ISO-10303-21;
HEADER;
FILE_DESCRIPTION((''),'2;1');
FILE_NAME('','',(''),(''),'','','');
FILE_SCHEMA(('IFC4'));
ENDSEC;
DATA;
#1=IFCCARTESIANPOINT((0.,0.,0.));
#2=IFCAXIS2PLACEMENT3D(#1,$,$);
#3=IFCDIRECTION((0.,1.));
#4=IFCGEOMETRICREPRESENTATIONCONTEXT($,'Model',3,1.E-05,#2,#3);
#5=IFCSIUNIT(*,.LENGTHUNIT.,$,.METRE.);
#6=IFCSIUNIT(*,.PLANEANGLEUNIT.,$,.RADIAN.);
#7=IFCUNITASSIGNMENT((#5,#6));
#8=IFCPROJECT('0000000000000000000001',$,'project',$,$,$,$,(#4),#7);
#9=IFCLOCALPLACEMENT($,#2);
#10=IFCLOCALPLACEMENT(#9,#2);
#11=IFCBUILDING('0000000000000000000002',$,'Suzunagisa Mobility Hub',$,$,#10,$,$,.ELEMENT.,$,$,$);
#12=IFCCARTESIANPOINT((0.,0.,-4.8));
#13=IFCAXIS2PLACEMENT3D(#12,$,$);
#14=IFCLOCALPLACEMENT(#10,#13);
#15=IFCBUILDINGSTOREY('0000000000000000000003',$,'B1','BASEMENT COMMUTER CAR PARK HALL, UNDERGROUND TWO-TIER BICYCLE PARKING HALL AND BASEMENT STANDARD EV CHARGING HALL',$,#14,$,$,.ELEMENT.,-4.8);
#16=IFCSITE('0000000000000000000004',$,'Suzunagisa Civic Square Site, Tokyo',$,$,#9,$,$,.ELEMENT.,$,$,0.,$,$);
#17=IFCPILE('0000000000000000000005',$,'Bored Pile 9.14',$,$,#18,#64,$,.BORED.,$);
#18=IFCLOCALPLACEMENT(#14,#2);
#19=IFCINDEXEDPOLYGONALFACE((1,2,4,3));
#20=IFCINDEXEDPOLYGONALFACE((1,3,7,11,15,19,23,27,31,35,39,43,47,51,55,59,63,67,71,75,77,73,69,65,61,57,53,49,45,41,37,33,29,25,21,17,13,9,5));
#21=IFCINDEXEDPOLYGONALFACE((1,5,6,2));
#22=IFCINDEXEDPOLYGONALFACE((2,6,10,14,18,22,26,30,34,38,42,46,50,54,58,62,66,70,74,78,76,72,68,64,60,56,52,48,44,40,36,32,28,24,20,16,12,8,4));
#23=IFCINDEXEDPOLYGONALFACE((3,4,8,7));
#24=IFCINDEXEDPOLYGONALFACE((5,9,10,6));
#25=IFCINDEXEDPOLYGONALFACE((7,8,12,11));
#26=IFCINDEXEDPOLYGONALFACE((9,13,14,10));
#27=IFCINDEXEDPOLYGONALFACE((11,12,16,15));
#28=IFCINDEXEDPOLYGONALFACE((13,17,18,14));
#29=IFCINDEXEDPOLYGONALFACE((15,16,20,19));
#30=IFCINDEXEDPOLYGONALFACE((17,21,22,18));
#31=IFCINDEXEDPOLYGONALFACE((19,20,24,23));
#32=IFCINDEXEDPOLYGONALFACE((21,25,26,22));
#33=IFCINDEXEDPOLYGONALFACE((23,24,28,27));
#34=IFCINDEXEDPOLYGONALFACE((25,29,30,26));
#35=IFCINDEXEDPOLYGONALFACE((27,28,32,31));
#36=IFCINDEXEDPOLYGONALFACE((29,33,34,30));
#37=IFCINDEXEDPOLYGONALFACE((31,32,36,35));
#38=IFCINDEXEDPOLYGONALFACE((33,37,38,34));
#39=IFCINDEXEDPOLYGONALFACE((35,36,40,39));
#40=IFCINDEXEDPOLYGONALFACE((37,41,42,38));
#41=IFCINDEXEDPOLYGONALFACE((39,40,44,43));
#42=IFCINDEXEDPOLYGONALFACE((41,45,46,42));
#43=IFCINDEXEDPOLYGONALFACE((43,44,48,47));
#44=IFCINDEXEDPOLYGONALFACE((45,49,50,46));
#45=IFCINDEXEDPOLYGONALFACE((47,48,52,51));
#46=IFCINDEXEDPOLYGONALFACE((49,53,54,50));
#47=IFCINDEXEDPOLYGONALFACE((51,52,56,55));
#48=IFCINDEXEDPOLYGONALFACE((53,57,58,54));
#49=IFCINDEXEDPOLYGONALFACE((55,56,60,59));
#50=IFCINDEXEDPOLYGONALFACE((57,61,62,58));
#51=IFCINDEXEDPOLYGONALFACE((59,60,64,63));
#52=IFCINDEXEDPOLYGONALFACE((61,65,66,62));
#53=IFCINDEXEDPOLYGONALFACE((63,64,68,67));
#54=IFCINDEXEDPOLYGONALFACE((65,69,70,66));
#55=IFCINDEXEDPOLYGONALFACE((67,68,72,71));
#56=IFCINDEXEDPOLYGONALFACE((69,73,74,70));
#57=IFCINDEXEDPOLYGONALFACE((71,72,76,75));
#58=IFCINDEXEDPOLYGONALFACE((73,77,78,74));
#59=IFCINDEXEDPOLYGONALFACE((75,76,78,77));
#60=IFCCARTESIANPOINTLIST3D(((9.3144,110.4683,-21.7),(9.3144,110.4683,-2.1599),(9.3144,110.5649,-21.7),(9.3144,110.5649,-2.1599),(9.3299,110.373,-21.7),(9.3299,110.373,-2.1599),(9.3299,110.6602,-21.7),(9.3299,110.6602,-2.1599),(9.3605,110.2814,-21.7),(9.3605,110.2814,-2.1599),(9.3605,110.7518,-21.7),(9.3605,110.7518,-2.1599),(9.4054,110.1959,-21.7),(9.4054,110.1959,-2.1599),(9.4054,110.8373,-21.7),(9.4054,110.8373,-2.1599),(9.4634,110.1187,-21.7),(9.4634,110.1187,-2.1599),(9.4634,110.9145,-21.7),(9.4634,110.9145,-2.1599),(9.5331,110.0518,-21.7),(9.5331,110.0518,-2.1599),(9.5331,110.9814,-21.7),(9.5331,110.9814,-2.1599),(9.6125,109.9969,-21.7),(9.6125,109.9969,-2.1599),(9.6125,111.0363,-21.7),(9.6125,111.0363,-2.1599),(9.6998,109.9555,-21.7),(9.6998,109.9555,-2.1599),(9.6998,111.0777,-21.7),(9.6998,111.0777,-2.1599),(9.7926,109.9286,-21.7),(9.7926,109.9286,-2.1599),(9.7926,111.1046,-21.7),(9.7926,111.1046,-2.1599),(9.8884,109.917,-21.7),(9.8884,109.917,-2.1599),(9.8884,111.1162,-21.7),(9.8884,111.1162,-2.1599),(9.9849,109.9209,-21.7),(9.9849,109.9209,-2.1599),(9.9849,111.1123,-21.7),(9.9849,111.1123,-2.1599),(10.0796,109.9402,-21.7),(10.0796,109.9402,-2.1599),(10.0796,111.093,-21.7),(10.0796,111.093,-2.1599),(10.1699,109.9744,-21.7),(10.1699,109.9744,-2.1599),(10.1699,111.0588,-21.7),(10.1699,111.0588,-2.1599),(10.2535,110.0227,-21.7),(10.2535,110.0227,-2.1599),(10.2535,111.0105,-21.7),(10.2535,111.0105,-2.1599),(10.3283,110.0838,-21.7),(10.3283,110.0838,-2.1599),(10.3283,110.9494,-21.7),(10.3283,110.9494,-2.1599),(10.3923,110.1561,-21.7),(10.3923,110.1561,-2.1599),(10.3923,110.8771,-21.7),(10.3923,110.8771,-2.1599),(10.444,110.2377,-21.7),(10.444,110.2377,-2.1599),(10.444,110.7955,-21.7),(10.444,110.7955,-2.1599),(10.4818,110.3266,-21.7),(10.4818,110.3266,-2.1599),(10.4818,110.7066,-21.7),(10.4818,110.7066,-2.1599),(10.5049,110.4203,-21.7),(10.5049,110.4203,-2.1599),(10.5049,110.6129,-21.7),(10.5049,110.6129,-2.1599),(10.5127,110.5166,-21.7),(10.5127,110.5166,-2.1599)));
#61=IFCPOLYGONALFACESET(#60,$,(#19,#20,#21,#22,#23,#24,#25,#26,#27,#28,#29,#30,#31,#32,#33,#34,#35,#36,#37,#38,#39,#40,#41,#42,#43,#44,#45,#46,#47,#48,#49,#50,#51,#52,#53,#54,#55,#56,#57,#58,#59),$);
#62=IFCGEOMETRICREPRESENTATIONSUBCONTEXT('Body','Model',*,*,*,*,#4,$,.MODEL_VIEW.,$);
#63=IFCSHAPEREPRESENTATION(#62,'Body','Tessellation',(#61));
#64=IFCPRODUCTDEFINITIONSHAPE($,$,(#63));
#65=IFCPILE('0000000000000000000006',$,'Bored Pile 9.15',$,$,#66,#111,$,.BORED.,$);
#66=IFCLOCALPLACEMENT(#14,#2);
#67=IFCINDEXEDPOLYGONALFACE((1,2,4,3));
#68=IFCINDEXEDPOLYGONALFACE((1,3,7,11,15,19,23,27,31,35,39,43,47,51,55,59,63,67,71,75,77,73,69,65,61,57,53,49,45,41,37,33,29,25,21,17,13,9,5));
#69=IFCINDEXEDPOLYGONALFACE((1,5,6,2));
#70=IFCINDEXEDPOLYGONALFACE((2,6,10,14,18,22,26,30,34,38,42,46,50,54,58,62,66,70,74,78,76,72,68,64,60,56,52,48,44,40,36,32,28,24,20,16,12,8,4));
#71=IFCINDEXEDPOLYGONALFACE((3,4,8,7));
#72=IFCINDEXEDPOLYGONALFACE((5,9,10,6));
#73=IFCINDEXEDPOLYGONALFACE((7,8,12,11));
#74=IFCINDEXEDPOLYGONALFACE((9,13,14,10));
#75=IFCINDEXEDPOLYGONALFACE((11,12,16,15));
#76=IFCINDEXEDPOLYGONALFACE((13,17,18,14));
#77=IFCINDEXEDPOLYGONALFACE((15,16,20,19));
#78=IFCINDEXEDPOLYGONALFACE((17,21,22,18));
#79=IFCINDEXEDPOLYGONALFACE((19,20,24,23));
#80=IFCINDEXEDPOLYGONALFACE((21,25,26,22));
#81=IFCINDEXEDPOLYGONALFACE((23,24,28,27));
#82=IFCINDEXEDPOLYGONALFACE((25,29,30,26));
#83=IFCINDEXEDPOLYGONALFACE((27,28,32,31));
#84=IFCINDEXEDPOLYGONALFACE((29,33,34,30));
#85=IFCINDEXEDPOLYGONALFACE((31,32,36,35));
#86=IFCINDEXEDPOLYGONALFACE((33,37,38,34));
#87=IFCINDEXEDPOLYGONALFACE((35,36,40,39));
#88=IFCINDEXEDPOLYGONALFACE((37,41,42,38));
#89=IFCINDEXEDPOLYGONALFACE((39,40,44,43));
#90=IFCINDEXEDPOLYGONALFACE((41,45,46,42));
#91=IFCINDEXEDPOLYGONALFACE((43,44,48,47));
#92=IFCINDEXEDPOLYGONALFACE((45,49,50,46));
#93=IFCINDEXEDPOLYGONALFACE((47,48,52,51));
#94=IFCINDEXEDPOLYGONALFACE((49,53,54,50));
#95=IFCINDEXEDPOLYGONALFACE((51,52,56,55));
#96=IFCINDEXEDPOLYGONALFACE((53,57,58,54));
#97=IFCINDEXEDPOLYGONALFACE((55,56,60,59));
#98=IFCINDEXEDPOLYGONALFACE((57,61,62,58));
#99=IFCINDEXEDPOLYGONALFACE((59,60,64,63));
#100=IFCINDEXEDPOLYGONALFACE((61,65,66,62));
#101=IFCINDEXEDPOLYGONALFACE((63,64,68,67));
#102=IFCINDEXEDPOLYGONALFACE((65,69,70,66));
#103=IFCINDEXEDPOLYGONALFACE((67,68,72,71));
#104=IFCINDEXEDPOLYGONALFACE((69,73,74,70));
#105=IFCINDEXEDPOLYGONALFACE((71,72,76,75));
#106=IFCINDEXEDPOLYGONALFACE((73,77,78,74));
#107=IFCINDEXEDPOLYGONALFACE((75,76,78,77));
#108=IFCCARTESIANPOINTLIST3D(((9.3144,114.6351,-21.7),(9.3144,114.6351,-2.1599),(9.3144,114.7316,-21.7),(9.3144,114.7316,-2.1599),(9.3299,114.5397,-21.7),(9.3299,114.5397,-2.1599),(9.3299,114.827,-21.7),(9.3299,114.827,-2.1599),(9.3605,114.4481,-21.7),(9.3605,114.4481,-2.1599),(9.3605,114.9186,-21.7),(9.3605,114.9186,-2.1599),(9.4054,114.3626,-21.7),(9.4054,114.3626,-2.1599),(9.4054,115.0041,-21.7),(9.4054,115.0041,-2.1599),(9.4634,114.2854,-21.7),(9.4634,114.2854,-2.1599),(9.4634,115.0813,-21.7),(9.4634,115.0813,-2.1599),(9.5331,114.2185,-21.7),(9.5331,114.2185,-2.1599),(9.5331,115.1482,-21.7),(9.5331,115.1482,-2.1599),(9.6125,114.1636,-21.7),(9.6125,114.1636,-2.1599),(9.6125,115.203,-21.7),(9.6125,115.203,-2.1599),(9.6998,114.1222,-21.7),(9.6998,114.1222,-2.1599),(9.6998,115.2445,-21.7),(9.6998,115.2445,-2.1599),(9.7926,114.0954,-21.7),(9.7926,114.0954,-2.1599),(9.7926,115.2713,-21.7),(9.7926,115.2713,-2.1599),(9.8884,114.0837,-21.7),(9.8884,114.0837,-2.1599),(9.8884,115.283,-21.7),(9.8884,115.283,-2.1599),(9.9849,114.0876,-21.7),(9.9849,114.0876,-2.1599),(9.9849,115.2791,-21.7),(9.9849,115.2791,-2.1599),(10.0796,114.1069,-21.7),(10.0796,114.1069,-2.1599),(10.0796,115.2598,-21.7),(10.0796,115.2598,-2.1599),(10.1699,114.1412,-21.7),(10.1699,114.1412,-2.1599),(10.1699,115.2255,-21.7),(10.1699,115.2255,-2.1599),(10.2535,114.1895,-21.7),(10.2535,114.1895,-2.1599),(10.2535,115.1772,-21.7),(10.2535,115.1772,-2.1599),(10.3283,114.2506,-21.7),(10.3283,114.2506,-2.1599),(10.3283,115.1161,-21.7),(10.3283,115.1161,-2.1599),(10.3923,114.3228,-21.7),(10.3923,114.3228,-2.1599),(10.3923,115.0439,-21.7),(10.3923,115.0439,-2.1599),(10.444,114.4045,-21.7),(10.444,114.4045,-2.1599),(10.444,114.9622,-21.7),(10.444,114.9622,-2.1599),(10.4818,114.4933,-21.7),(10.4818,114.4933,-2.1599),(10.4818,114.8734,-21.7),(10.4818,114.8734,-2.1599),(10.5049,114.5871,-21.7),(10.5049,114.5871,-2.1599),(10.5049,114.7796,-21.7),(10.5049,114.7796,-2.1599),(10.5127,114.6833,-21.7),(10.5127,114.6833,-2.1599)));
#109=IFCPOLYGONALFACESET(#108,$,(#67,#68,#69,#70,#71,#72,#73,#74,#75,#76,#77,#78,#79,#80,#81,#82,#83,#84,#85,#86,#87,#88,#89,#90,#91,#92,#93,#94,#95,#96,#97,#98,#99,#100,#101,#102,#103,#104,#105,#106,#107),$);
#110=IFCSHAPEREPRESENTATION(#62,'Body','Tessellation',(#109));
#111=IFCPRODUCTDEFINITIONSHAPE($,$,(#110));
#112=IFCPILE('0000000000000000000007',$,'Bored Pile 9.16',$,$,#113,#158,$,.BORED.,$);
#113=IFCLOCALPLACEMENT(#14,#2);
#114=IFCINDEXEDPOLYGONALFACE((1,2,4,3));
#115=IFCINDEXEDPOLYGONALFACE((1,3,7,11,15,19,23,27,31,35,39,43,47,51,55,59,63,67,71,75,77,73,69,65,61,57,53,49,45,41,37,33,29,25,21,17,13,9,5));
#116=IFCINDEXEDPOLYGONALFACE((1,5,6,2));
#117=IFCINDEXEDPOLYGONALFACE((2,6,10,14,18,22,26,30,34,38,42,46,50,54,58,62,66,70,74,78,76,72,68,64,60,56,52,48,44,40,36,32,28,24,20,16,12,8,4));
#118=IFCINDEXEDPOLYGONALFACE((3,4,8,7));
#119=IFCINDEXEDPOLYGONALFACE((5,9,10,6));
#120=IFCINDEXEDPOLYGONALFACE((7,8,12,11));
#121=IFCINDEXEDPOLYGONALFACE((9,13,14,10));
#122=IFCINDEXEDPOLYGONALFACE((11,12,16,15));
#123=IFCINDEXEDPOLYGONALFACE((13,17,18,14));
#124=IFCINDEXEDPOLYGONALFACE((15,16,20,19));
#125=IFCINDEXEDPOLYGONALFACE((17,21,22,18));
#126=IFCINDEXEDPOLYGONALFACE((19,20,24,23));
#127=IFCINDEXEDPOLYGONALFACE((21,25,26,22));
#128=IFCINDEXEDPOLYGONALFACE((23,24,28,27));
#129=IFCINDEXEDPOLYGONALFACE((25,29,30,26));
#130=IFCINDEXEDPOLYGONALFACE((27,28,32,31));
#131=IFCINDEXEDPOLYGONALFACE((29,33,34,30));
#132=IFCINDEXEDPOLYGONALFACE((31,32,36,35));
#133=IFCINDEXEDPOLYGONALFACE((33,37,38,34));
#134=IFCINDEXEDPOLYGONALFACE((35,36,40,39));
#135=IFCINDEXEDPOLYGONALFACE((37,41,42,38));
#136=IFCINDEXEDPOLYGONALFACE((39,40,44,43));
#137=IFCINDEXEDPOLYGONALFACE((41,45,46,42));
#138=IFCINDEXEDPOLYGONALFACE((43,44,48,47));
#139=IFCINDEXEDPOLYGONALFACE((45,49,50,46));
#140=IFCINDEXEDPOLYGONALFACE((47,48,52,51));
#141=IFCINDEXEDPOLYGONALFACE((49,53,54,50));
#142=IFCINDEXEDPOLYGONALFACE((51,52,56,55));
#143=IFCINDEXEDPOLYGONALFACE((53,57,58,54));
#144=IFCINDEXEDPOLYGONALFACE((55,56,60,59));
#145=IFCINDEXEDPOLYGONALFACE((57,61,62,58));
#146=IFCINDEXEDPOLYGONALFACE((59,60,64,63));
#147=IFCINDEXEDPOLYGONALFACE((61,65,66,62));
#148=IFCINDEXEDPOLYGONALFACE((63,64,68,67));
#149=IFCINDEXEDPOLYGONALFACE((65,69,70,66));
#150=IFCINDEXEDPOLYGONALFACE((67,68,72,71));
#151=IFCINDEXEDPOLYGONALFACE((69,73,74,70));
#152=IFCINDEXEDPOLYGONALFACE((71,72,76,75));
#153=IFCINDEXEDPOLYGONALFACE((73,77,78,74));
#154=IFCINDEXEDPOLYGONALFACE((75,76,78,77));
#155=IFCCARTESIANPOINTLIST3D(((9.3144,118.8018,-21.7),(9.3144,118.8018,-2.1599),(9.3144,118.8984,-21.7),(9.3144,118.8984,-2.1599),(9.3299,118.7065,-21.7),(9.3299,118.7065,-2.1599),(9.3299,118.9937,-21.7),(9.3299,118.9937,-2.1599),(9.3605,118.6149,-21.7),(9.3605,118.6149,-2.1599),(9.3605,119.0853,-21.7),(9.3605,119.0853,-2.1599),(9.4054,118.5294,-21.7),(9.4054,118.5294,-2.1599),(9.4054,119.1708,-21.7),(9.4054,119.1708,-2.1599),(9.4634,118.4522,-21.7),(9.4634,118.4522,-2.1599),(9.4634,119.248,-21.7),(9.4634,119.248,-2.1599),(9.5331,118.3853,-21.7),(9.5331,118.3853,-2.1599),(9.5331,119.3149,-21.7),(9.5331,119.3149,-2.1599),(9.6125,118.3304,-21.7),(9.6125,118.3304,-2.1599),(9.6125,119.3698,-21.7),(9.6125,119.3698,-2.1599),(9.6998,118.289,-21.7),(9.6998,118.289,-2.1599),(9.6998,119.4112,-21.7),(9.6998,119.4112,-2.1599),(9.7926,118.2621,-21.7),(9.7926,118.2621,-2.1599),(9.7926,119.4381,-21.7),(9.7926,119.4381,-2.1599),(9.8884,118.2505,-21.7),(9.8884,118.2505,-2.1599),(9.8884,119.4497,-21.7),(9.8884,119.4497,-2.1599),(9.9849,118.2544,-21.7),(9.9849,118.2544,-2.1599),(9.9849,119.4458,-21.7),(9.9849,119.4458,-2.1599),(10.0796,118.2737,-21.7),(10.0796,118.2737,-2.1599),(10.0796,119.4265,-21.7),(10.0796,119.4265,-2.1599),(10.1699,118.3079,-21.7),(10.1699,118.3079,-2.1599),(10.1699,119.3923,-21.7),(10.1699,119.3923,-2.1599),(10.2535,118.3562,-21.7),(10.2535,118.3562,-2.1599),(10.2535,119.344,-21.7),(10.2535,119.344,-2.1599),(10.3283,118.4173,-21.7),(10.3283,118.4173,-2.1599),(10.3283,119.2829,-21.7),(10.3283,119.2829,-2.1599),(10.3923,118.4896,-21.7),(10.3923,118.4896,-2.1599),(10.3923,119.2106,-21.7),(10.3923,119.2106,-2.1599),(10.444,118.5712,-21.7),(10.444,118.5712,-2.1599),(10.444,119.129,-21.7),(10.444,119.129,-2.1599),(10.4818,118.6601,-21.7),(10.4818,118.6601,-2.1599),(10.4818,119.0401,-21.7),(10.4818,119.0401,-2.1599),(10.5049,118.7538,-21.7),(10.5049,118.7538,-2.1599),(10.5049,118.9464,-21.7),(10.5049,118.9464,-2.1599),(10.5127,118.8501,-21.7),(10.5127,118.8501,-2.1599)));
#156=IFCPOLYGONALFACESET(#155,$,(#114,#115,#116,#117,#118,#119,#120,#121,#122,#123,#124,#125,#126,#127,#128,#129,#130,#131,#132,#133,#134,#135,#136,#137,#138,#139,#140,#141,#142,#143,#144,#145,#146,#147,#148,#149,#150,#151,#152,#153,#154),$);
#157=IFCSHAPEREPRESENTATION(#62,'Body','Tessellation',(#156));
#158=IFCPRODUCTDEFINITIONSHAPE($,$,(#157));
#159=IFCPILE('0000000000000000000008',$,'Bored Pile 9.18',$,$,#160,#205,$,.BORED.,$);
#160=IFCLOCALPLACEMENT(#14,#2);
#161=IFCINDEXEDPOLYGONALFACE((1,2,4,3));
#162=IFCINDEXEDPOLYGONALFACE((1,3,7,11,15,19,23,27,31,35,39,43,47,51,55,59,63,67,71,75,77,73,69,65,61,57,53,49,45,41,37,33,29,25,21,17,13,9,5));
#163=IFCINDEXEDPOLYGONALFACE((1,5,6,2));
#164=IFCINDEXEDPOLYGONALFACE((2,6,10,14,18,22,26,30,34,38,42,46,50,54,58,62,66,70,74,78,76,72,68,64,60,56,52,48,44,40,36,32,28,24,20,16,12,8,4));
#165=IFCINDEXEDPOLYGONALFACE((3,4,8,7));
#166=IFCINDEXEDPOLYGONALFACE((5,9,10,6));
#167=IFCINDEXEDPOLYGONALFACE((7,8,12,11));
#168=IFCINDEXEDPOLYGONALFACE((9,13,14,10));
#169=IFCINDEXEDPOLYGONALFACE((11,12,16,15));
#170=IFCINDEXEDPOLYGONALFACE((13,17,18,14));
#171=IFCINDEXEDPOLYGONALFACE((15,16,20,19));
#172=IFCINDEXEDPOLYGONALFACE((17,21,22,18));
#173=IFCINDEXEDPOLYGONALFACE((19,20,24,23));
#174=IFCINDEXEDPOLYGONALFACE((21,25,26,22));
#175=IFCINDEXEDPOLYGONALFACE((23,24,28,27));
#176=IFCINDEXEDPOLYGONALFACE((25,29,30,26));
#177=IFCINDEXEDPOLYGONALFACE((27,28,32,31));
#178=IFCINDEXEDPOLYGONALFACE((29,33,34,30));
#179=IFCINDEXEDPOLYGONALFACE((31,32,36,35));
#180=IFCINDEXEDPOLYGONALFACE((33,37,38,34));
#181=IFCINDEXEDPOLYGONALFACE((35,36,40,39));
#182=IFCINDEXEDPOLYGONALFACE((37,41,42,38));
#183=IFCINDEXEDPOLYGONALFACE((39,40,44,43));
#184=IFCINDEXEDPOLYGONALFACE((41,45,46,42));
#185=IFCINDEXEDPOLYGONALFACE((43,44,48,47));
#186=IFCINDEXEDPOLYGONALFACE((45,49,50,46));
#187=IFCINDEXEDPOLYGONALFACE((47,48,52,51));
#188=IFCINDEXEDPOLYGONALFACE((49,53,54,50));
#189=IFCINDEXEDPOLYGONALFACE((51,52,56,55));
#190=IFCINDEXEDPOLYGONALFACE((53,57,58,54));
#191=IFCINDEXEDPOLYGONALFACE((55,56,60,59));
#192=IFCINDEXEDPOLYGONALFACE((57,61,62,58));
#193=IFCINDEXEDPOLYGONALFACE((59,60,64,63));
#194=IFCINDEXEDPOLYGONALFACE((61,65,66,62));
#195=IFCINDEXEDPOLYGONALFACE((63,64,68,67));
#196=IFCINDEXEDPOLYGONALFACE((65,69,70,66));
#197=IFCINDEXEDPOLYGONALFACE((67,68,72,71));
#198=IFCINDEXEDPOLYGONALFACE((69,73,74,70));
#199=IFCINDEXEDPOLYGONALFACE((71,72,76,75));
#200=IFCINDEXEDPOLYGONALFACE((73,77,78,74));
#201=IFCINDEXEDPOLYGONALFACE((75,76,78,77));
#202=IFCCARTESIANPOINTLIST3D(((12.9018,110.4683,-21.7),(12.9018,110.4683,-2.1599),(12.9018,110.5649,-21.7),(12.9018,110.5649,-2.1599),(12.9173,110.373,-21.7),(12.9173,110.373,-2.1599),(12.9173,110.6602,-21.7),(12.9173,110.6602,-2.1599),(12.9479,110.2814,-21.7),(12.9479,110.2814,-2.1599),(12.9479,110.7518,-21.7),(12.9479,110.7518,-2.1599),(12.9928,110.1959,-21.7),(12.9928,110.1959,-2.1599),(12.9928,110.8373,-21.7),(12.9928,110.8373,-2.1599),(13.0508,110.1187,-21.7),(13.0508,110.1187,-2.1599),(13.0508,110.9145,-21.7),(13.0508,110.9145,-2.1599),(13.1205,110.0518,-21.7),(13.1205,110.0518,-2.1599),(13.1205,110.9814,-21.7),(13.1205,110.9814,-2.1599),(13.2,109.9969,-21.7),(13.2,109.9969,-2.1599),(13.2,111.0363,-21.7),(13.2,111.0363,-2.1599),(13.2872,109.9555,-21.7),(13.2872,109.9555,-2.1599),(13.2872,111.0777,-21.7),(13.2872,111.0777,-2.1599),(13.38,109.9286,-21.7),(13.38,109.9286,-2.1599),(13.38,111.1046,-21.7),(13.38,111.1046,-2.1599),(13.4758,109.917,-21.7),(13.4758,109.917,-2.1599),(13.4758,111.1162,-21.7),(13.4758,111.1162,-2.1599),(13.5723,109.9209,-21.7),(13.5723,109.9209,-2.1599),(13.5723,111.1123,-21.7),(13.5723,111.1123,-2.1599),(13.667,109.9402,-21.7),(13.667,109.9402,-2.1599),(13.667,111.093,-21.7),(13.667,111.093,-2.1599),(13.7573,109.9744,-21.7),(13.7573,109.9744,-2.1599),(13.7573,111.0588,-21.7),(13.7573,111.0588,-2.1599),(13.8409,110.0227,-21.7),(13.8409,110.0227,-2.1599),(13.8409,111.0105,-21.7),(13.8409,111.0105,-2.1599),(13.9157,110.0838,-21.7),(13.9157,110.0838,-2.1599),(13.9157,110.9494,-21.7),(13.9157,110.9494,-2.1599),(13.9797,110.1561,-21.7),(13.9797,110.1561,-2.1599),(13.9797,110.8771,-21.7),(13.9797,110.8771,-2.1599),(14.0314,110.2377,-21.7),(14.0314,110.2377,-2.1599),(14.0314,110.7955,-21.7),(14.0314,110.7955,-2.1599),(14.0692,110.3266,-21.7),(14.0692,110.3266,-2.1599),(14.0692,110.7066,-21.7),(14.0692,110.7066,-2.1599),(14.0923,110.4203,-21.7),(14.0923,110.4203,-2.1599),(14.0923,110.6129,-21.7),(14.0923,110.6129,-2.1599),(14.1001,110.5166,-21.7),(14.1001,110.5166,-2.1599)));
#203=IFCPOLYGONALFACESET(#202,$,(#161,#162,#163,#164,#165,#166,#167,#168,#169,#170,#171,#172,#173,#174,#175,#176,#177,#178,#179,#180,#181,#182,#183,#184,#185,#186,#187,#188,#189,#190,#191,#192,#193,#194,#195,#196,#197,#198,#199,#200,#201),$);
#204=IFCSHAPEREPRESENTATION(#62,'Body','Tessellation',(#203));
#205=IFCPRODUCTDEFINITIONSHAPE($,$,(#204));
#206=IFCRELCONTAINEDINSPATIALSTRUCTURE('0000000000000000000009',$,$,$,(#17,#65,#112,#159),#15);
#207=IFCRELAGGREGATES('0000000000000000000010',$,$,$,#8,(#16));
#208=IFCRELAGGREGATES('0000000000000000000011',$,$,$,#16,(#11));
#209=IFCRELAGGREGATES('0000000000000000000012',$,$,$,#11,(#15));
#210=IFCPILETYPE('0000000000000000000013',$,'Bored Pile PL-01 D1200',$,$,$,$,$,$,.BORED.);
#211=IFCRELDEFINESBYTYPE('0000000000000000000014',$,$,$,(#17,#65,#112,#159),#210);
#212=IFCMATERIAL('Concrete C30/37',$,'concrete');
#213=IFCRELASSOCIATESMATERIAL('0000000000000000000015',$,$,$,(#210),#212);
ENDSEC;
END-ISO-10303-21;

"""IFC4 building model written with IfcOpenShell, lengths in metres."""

from ifc_helpers import new_model, si_unit, direction, frame, origin, origin_2d, place, context, subcontext, project, spatial, circle, extrude, material, material_profile, profile_set, type_object, element, save


model = new_model("IFC4")

# Units and contexts
model_context = context("Model", 3, precision=1e-05, world=origin(), true_north=direction((0.0, 1.0)))
body_context = subcontext(model_context, "Body", "Model", "MODEL_VIEW")
ifc_project = project(units=[si_unit("LENGTHUNIT", "METRE"), si_unit("PLANEANGLEUNIT", "RADIAN")], contexts=[model_context])

# Site, building, storey
site_placement = place(None, origin())
site = spatial("IfcSite", under=ifc_project, at=site_placement, Name="Suzunagisa Civic Square Site, Tokyo", CompositionType="ELEMENT", RefElevation=0.0)
building_placement = place(site_placement, origin())
building = spatial("IfcBuilding", under=site, at=building_placement, Name="Suzunagisa Mobility Hub", CompositionType="ELEMENT")
storey_placement = place(building_placement, frame((0.0, 0.0, -4.8)))
storey = spatial("IfcBuildingStorey", under=building, at=storey_placement, Name="B1", Description="BASEMENT COMMUTER CAR PARK HALL, UNDERGROUND TWO-TIER BICYCLE PARKING HALL AND BASEMENT STANDARD EV CHARGING HALL", CompositionType="ELEMENT", Elevation=-4.8)

# Piles
ifc_material_1 = material(Name="Concrete C30/37", Category="concrete")
ifc_material_profile_1 = material_profile(ifc_material_1, circle(Radius=0.6001, at=origin_2d()), Name="BORED PILE D1200")
ifc_profile_set_1 = profile_set([ifc_material_profile_1], Name="Concrete C30/37")
pile_type = type_object("IfcPileType", Name="Bored Pile PL-01 D1200", PredefinedType="BORED", material=ifc_profile_set_1)
for number, where, z_axis, x_axis, name in (
    (1, (9.9126, 110.5166, -2.1599), (0.0, 0.0, -1.0), (1.0, 0.0, 0.0), "Bored Pile 9.14"),
    (2, (9.9126, 114.6833, -2.1599), (0.0, 0.0, -1.0), (1.0, 0.0, 0.0), "Bored Pile 9.15"),
    (3, (9.9126, 118.8501, -2.1599), (0.0, 0.0, -1.0), (1.0, 0.0, 0.0), "Bored Pile 9.16"),
    (4, (13.5, 110.5166, -2.1599), (0.0, 0.0, -1.0), (1.0, 0.0, 0.0), "Bored Pile 9.18"),
):
    element("IfcPile", number, at=place(storey_placement, frame(where, z_axis=z_axis, x_axis=x_axis)), inside=storey, type_object=pile_type, Name=name, PredefinedType="BORED", context=body_context, shape_type="SweptSolid", body=[
        extrude(circle(Radius=0.6001, at=origin_2d()), origin(), (0.0, 0.0, 1.0), 19.54),
    ])

save(model, "model.ifc")
